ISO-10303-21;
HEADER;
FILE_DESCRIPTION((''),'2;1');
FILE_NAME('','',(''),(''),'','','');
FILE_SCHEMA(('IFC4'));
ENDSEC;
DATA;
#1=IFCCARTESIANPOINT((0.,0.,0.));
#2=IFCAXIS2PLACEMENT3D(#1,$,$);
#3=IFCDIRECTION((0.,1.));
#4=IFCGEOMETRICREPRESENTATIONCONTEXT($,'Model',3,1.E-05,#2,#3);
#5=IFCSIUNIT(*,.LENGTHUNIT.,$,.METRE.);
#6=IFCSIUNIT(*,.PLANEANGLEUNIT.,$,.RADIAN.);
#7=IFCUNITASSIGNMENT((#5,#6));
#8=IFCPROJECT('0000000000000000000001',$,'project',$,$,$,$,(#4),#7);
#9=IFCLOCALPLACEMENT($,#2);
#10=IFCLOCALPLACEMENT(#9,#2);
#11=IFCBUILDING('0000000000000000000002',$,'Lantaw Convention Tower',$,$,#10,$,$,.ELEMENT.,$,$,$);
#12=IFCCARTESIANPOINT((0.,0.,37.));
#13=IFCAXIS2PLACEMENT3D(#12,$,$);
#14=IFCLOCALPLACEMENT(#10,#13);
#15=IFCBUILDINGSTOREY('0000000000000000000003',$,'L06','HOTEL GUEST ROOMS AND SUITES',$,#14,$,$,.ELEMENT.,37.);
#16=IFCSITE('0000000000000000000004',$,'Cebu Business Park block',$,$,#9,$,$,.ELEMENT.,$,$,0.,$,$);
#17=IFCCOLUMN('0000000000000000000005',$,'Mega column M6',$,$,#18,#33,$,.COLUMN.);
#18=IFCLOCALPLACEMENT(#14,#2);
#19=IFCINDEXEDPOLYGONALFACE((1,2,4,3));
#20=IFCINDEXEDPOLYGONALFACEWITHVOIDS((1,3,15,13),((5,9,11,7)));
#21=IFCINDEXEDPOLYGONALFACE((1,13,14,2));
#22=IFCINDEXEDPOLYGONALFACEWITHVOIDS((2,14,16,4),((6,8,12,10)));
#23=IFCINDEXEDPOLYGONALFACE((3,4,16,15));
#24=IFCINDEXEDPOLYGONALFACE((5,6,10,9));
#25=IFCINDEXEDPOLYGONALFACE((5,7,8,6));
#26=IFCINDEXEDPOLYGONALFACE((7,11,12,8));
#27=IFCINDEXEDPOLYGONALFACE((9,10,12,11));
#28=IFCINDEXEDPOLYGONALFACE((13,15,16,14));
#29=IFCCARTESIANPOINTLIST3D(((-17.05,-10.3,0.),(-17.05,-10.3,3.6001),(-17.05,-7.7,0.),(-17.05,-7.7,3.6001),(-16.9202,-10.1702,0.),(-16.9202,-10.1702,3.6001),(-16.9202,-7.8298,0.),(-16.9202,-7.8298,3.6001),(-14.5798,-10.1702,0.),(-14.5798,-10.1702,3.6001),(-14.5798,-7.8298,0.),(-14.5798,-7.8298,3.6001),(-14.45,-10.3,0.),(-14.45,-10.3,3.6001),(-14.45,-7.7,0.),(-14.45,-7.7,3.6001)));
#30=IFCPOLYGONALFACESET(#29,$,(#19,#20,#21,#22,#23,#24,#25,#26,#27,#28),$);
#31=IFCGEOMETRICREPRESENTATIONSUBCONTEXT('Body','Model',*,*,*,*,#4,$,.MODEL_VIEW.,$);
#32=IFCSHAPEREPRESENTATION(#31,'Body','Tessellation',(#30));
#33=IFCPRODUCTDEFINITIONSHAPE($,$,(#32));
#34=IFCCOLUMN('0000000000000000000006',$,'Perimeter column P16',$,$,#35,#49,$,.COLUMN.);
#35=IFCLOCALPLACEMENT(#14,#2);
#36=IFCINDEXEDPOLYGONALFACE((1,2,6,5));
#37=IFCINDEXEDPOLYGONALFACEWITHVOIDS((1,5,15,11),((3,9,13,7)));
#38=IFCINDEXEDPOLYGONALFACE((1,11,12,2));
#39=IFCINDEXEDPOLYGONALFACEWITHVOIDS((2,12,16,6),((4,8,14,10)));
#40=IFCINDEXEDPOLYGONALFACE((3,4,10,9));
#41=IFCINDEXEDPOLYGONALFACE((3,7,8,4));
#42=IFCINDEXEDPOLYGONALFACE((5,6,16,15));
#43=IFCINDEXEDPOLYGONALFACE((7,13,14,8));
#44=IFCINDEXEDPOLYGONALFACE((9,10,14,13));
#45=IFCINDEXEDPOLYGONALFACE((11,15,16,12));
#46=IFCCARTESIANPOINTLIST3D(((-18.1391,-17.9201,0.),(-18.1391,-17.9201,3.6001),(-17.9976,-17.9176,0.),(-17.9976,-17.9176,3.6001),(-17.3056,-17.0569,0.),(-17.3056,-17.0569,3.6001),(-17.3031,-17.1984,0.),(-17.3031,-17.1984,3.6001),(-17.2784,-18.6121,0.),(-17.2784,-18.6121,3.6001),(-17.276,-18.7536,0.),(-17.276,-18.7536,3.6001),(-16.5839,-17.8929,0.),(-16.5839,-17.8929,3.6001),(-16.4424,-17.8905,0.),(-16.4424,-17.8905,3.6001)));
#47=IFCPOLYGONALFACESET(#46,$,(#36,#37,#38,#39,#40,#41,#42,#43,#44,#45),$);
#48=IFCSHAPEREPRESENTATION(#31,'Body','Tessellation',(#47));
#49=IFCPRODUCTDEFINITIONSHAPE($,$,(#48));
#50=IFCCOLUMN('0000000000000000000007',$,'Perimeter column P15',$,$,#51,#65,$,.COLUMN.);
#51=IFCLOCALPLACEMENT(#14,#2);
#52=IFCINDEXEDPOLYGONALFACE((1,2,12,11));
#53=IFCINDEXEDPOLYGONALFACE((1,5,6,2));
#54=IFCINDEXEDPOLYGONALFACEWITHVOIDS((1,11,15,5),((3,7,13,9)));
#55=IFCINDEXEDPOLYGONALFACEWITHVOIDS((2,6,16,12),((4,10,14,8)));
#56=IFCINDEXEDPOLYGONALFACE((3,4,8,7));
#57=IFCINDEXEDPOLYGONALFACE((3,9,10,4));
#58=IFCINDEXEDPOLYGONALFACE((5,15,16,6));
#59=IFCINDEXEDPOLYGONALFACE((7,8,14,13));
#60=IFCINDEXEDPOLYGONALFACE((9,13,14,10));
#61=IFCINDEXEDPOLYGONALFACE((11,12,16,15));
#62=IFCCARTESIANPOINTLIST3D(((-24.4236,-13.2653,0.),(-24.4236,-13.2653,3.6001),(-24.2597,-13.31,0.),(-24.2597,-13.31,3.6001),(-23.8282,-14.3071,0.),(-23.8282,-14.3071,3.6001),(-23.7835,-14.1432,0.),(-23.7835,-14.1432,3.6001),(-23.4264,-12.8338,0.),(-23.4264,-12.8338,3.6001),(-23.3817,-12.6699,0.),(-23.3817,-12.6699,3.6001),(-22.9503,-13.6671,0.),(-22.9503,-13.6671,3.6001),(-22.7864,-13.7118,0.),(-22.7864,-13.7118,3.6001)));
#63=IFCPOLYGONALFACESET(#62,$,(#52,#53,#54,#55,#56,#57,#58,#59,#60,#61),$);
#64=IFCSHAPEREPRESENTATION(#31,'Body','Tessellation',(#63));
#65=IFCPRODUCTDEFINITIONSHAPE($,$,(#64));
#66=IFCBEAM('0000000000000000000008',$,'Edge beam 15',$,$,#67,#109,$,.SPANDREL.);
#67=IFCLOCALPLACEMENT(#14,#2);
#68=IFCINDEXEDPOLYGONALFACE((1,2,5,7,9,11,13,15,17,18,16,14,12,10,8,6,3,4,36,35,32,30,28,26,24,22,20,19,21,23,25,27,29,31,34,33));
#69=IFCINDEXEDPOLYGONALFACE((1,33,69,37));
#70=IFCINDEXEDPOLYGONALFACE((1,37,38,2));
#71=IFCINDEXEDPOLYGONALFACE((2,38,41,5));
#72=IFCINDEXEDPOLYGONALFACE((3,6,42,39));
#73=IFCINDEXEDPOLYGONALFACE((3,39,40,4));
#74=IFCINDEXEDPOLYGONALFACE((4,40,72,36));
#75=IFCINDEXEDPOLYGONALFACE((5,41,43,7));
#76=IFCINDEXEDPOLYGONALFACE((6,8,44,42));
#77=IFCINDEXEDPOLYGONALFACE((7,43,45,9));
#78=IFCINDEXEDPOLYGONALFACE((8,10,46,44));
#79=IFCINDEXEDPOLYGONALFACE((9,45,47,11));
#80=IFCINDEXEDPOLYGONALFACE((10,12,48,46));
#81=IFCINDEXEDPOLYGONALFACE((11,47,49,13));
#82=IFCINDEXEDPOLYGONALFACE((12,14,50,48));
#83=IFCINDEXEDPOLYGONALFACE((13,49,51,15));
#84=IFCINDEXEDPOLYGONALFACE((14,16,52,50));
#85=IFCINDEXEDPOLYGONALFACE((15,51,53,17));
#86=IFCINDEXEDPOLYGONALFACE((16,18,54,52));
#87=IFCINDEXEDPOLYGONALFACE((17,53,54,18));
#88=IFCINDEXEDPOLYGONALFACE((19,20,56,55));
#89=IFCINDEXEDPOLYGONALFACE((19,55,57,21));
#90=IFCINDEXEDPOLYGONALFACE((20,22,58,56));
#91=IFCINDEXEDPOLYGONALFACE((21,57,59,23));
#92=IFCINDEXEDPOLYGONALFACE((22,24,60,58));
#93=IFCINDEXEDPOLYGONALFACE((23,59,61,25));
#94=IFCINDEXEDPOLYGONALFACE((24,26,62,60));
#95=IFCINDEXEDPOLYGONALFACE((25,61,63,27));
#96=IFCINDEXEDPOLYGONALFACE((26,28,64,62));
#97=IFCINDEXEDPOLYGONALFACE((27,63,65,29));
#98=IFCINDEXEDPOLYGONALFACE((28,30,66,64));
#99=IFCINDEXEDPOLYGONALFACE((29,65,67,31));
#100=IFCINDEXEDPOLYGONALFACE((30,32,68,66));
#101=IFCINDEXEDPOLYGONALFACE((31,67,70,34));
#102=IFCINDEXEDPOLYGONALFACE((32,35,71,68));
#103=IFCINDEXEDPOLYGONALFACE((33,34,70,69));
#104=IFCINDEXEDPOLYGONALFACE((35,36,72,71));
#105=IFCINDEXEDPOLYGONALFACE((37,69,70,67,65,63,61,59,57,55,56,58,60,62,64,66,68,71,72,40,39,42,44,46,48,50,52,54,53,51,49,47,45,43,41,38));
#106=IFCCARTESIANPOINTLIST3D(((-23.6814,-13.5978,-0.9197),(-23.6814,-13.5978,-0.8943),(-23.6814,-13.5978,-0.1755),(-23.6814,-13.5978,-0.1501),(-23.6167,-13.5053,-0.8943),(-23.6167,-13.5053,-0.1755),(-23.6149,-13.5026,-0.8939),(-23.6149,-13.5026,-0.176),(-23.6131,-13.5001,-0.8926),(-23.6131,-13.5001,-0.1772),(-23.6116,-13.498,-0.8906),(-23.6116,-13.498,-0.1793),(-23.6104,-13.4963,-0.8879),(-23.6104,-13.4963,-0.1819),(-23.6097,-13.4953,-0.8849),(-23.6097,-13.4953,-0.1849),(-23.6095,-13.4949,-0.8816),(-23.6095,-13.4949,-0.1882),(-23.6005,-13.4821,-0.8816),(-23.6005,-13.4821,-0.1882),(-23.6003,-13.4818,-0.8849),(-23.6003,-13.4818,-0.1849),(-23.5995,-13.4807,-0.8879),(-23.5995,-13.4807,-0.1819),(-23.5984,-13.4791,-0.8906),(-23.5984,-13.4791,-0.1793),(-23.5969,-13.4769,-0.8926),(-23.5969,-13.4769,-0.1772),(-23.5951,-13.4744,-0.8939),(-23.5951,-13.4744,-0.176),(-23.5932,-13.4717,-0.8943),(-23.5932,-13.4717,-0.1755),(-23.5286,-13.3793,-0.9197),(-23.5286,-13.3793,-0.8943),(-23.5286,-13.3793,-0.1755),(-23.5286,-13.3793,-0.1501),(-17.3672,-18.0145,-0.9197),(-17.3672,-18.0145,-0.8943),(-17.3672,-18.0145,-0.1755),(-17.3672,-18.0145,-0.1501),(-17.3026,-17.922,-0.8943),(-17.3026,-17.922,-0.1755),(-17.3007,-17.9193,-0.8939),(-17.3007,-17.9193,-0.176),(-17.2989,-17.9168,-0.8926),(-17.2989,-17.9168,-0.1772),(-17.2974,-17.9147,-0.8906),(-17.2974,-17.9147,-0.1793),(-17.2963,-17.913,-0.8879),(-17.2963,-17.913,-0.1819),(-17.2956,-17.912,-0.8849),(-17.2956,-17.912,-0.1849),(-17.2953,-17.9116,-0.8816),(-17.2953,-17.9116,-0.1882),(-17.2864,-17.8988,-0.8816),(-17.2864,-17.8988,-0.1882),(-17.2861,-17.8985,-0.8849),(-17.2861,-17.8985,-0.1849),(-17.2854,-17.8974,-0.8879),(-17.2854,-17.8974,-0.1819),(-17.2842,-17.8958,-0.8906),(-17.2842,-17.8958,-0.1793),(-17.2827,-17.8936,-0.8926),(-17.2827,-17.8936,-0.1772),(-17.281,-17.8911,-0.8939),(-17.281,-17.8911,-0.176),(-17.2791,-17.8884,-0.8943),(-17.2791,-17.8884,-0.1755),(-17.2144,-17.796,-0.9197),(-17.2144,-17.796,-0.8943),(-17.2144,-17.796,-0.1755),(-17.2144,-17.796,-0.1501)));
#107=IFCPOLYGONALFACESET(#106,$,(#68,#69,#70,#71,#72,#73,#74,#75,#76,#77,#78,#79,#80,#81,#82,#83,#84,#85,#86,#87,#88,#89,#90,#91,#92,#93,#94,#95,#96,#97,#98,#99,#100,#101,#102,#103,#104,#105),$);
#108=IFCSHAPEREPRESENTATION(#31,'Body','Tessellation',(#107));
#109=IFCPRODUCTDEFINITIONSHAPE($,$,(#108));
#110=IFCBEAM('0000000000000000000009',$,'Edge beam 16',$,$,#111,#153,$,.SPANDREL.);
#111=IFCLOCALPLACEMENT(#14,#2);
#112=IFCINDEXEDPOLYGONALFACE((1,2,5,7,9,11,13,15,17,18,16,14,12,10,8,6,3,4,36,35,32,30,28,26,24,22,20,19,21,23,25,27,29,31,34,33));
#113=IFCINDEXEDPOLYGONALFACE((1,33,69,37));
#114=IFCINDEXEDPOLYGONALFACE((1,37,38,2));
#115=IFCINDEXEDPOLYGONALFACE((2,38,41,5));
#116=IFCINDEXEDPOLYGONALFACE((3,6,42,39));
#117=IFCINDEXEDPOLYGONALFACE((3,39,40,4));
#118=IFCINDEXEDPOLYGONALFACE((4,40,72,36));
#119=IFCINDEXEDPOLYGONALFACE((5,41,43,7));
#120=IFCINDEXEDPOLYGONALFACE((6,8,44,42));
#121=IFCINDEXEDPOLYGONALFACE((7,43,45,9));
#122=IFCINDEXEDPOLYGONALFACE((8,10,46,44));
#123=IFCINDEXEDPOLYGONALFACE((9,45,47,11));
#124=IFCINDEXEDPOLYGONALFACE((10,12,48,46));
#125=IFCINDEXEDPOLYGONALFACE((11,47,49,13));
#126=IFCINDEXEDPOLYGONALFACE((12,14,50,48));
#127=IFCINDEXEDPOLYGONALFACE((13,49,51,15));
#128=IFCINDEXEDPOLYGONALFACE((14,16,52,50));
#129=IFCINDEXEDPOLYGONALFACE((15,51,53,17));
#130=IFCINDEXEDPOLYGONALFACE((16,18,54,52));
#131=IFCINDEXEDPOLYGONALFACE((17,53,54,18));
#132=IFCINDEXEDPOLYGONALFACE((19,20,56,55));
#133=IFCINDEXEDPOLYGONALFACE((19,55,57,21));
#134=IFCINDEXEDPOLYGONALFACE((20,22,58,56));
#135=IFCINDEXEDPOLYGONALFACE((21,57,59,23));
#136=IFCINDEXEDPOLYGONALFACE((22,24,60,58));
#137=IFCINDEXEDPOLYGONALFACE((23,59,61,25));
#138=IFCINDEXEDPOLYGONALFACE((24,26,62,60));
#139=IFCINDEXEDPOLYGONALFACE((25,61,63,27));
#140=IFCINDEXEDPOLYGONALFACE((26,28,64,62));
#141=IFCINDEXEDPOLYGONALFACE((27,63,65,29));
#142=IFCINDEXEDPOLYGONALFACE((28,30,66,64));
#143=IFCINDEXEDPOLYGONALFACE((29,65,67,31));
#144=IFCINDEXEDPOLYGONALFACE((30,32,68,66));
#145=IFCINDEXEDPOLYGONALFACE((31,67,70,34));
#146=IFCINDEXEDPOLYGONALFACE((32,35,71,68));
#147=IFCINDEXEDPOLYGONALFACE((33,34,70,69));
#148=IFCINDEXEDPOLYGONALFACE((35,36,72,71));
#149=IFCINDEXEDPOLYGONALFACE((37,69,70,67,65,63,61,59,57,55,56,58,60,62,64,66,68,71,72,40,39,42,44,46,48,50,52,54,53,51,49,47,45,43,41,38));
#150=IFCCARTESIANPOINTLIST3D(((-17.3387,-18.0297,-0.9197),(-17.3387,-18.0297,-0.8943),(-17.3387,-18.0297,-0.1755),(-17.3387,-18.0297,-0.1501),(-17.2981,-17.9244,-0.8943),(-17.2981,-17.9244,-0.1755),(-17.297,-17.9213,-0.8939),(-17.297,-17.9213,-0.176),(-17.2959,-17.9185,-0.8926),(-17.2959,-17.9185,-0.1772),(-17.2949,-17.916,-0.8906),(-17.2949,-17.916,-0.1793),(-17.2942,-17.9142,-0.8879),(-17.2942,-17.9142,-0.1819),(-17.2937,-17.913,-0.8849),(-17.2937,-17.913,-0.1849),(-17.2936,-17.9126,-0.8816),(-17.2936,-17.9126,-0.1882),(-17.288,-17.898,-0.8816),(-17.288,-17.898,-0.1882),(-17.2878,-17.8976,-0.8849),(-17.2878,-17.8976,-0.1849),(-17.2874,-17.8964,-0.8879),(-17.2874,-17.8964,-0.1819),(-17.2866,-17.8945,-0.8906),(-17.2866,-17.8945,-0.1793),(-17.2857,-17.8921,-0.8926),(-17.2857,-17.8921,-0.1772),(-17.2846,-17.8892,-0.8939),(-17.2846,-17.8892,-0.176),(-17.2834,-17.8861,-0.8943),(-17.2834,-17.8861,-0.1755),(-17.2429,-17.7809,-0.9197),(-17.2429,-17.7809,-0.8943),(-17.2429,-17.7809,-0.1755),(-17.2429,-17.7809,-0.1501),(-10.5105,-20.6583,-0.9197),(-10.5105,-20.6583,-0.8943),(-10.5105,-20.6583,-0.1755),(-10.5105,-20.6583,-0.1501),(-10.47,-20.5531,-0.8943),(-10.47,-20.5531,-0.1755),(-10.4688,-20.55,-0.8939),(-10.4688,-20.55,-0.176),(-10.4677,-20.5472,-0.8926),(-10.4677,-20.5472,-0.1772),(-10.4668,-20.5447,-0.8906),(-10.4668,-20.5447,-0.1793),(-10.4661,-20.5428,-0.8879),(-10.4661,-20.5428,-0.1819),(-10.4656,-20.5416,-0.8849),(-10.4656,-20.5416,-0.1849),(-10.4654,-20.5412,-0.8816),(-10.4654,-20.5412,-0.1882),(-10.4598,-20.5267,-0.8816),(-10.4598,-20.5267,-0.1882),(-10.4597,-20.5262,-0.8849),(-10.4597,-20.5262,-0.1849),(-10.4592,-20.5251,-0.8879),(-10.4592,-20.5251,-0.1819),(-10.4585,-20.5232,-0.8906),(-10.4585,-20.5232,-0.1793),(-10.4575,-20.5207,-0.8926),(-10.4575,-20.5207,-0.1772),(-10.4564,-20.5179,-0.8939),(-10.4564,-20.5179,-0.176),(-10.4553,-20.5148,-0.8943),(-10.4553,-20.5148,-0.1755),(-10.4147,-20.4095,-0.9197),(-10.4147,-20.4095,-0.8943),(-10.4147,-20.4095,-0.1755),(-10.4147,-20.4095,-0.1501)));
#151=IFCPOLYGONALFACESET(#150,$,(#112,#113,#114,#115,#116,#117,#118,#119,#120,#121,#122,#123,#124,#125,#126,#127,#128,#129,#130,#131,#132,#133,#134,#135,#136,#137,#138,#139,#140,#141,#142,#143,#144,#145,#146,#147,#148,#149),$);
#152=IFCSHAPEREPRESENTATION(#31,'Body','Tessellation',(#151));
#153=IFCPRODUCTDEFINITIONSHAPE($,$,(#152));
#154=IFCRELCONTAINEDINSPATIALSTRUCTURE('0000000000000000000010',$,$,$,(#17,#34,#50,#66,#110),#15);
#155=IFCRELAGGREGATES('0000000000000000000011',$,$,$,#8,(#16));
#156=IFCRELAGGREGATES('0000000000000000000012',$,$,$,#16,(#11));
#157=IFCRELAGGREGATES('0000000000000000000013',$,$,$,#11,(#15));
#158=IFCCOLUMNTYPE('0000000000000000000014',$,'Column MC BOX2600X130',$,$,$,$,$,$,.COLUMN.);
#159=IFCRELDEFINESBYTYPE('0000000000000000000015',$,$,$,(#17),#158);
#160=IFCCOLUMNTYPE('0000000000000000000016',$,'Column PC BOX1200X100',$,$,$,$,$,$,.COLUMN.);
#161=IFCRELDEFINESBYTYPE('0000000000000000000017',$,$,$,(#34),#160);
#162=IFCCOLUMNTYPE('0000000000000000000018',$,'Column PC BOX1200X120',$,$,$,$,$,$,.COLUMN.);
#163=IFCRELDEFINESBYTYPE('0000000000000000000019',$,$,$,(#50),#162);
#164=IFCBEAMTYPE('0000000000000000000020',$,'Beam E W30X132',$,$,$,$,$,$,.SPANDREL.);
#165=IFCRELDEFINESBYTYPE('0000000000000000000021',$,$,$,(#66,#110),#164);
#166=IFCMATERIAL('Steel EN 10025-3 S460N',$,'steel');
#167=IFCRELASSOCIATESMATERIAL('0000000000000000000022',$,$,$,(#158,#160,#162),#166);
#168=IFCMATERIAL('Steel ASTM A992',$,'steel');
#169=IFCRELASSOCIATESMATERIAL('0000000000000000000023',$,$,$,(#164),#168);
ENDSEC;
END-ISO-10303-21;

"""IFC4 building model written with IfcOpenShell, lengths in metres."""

from ifc_helpers import new_model, si_unit, direction, frame, origin, origin_2d, place, context, subcontext, project, spatial, rectangle, hollow_rectangle, i_section, extrude, material, material_profile, profile_set, type_object, element, save


model = new_model("IFC4")

# Units and contexts
model_context = context("Model", 3, precision=1e-05, world=origin(), true_north=direction((0.0, 1.0)))
body_context = subcontext(model_context, "Body", "Model", "MODEL_VIEW")
ifc_project = project(units=[si_unit("LENGTHUNIT", "METRE"), si_unit("PLANEANGLEUNIT", "RADIAN")], contexts=[model_context])

# Site, building, storey
site_placement = place(None, origin())
site = spatial("IfcSite", under=ifc_project, at=site_placement, Name="Cebu Business Park block", CompositionType="ELEMENT", RefElevation=0.0)
building_placement = place(site_placement, origin())
building = spatial("IfcBuilding", under=site, at=building_placement, Name="Lantaw Convention Tower", CompositionType="ELEMENT")
storey_placement = place(building_placement, frame((0.0, 0.0, 37.0)))
storey = spatial("IfcBuildingStorey", under=building, at=storey_placement, Name="L06", Description="HOTEL GUEST ROOMS AND SUITES", CompositionType="ELEMENT", Elevation=37.0)

# Columns
ifc_material_1 = material(Name="Steel EN 10025-3 S460N", Category="steel")
ifc_material_profile_1 = material_profile(ifc_material_1, hollow_rectangle(XDim=2.6001, YDim=2.6001, WallThickness=0.1299, at=origin_2d()), Name="BOX2600X130")
ifc_material_2 = material(Name="Concrete C60/75", Category="concrete")
ifc_material_profile_2 = material_profile(ifc_material_2, rectangle(XDim=2.3401, YDim=2.3401, at=origin_2d()), Name="Concrete fill of BOX2600X130")
ifc_profile_set_1 = profile_set([ifc_material_profile_1, ifc_material_profile_2], Name="Steel EN 10025-3 S460N")
column_type_1 = type_object("IfcColumnType", Name="Column MC BOX2600X130", PredefinedType="COLUMN", material=ifc_profile_set_1)
column_1_placement = place(storey_placement, frame((-15.75, -9.0, 0.0), z_axis=(0.0, 0.0, 1.0), x_axis=(1.0, 0.0, 0.0)))
element("IfcColumn", 1, at=column_1_placement, inside=storey, type_object=column_type_1, Name="Mega column M6", PredefinedType="COLUMN", context=body_context, shape_type="SweptSolid", body=[
    extrude(hollow_rectangle(XDim=2.6001, YDim=2.6001, WallThickness=0.1299, at=origin_2d()), origin(), (0.0, 0.0, 1.0), 3.6001),
])
ifc_material_profile_3 = material_profile(ifc_material_1, hollow_rectangle(XDim=1.2, YDim=1.2, WallThickness=0.1001, at=origin_2d()), Name="BOX1200X100")
ifc_material_profile_4 = material_profile(ifc_material_2, rectangle(XDim=1.0, YDim=1.0, at=origin_2d()), Name="Concrete fill of BOX1200X100")
ifc_profile_set_2 = profile_set([ifc_material_profile_3, ifc_material_profile_4], Name="Steel EN 10025-3 S460N")
column_type_2 = type_object("IfcColumnType", Name="Column PC BOX1200X100", PredefinedType="COLUMN", material=ifc_profile_set_2)
column_2_placement = place(storey_placement, frame((-17.2908, -17.9053, 0.0), z_axis=(0.0, 0.0, 1.0), x_axis=(0.694658, 0.71934, 0.0)))
element("IfcColumn", 2, at=column_2_placement, inside=storey, type_object=column_type_2, Name="Perimeter column P16", PredefinedType="COLUMN", context=body_context, shape_type="SweptSolid", body=[
    extrude(hollow_rectangle(XDim=1.2, YDim=1.2, WallThickness=0.1001, at=origin_2d()), origin(), (0.0, 0.0, 1.0), 3.6001),
])
ifc_material_profile_5 = material_profile(ifc_material_1, hollow_rectangle(XDim=1.2, YDim=1.2, WallThickness=0.1201, at=origin_2d()), Name="BOX1200X120")
ifc_material_profile_6 = material_profile(ifc_material_2, rectangle(XDim=0.96, YDim=0.96, at=origin_2d()), Name="Concrete fill of BOX1200X120")
ifc_profile_set_3 = profile_set([ifc_material_profile_5, ifc_material_profile_6], Name="Steel EN 10025-3 S460N")
column_type_3 = type_object("IfcColumnType", Name="Column PC BOX1200X120", PredefinedType="COLUMN", material=ifc_profile_set_3)
column_3_placement = place(storey_placement, frame((-23.605, -13.4885, 0.0), z_axis=(0.0, 0.0, 1.0), x_axis=(0.868243, 0.496139, 0.0)))
element("IfcColumn", 3, at=column_3_placement, inside=storey, type_object=column_type_3, Name="Perimeter column P15", PredefinedType="COLUMN", context=body_context, shape_type="SweptSolid", body=[
    extrude(hollow_rectangle(XDim=1.2, YDim=1.2, WallThickness=0.1201, at=origin_2d()), origin(), (0.0, 0.0, 1.0), 3.6001),
])

# Beams
ifc_material_3 = material(Name="Steel ASTM A992", Category="steel")
ifc_material_profile_7 = material_profile(ifc_material_3, i_section(OverallWidth=0.2666, OverallDepth=0.7695, WebThickness=0.0156, FlangeThickness=0.0254, FilletRadius=0.0127, at=origin_2d()), Name="W30X132")
ifc_profile_set_4 = profile_set([ifc_material_profile_7], Name="Steel ASTM A992")
beam_type_1 = type_object("IfcBeamType", Name="Beam E W30X132", PredefinedType="SPANDREL", material=ifc_profile_set_4)
beam_1_placement = place(storey_placement, frame((-23.605, -13.4885, -0.5349), z_axis=(0.819427, -0.573184, 0.0), x_axis=(0.573184, 0.819427, 0.0)))
element("IfcBeam", 4, at=beam_1_placement, inside=storey, type_object=beam_type_1, Name="Edge beam 15", PredefinedType="SPANDREL", context=body_context, shape_type="SweptSolid", body=[
    extrude(i_section(OverallWidth=0.2666, OverallDepth=0.7695, WebThickness=0.0156, FlangeThickness=0.0254, FilletRadius=0.0127, at=origin_2d()), origin(), (0.0, 0.0, 1.0), 7.7056),
])
beam_2_placement = place(storey_placement, frame((-17.2908, -17.9053, -0.5349), z_axis=(0.933233, -0.359272, 0.0), x_axis=(0.359272, 0.933233, 0.0)))
element("IfcBeam", 5, at=beam_2_placement, inside=storey, type_object=beam_type_1, Name="Edge beam 16", PredefinedType="SPANDREL", context=body_context, shape_type="SweptSolid", body=[
    extrude(i_section(OverallWidth=0.2666, OverallDepth=0.7695, WebThickness=0.0156, FlangeThickness=0.0254, FilletRadius=0.0127, at=origin_2d()), origin(), (0.0, 0.0, 1.0), 7.3167),
])

save(model, "model.ifc")
